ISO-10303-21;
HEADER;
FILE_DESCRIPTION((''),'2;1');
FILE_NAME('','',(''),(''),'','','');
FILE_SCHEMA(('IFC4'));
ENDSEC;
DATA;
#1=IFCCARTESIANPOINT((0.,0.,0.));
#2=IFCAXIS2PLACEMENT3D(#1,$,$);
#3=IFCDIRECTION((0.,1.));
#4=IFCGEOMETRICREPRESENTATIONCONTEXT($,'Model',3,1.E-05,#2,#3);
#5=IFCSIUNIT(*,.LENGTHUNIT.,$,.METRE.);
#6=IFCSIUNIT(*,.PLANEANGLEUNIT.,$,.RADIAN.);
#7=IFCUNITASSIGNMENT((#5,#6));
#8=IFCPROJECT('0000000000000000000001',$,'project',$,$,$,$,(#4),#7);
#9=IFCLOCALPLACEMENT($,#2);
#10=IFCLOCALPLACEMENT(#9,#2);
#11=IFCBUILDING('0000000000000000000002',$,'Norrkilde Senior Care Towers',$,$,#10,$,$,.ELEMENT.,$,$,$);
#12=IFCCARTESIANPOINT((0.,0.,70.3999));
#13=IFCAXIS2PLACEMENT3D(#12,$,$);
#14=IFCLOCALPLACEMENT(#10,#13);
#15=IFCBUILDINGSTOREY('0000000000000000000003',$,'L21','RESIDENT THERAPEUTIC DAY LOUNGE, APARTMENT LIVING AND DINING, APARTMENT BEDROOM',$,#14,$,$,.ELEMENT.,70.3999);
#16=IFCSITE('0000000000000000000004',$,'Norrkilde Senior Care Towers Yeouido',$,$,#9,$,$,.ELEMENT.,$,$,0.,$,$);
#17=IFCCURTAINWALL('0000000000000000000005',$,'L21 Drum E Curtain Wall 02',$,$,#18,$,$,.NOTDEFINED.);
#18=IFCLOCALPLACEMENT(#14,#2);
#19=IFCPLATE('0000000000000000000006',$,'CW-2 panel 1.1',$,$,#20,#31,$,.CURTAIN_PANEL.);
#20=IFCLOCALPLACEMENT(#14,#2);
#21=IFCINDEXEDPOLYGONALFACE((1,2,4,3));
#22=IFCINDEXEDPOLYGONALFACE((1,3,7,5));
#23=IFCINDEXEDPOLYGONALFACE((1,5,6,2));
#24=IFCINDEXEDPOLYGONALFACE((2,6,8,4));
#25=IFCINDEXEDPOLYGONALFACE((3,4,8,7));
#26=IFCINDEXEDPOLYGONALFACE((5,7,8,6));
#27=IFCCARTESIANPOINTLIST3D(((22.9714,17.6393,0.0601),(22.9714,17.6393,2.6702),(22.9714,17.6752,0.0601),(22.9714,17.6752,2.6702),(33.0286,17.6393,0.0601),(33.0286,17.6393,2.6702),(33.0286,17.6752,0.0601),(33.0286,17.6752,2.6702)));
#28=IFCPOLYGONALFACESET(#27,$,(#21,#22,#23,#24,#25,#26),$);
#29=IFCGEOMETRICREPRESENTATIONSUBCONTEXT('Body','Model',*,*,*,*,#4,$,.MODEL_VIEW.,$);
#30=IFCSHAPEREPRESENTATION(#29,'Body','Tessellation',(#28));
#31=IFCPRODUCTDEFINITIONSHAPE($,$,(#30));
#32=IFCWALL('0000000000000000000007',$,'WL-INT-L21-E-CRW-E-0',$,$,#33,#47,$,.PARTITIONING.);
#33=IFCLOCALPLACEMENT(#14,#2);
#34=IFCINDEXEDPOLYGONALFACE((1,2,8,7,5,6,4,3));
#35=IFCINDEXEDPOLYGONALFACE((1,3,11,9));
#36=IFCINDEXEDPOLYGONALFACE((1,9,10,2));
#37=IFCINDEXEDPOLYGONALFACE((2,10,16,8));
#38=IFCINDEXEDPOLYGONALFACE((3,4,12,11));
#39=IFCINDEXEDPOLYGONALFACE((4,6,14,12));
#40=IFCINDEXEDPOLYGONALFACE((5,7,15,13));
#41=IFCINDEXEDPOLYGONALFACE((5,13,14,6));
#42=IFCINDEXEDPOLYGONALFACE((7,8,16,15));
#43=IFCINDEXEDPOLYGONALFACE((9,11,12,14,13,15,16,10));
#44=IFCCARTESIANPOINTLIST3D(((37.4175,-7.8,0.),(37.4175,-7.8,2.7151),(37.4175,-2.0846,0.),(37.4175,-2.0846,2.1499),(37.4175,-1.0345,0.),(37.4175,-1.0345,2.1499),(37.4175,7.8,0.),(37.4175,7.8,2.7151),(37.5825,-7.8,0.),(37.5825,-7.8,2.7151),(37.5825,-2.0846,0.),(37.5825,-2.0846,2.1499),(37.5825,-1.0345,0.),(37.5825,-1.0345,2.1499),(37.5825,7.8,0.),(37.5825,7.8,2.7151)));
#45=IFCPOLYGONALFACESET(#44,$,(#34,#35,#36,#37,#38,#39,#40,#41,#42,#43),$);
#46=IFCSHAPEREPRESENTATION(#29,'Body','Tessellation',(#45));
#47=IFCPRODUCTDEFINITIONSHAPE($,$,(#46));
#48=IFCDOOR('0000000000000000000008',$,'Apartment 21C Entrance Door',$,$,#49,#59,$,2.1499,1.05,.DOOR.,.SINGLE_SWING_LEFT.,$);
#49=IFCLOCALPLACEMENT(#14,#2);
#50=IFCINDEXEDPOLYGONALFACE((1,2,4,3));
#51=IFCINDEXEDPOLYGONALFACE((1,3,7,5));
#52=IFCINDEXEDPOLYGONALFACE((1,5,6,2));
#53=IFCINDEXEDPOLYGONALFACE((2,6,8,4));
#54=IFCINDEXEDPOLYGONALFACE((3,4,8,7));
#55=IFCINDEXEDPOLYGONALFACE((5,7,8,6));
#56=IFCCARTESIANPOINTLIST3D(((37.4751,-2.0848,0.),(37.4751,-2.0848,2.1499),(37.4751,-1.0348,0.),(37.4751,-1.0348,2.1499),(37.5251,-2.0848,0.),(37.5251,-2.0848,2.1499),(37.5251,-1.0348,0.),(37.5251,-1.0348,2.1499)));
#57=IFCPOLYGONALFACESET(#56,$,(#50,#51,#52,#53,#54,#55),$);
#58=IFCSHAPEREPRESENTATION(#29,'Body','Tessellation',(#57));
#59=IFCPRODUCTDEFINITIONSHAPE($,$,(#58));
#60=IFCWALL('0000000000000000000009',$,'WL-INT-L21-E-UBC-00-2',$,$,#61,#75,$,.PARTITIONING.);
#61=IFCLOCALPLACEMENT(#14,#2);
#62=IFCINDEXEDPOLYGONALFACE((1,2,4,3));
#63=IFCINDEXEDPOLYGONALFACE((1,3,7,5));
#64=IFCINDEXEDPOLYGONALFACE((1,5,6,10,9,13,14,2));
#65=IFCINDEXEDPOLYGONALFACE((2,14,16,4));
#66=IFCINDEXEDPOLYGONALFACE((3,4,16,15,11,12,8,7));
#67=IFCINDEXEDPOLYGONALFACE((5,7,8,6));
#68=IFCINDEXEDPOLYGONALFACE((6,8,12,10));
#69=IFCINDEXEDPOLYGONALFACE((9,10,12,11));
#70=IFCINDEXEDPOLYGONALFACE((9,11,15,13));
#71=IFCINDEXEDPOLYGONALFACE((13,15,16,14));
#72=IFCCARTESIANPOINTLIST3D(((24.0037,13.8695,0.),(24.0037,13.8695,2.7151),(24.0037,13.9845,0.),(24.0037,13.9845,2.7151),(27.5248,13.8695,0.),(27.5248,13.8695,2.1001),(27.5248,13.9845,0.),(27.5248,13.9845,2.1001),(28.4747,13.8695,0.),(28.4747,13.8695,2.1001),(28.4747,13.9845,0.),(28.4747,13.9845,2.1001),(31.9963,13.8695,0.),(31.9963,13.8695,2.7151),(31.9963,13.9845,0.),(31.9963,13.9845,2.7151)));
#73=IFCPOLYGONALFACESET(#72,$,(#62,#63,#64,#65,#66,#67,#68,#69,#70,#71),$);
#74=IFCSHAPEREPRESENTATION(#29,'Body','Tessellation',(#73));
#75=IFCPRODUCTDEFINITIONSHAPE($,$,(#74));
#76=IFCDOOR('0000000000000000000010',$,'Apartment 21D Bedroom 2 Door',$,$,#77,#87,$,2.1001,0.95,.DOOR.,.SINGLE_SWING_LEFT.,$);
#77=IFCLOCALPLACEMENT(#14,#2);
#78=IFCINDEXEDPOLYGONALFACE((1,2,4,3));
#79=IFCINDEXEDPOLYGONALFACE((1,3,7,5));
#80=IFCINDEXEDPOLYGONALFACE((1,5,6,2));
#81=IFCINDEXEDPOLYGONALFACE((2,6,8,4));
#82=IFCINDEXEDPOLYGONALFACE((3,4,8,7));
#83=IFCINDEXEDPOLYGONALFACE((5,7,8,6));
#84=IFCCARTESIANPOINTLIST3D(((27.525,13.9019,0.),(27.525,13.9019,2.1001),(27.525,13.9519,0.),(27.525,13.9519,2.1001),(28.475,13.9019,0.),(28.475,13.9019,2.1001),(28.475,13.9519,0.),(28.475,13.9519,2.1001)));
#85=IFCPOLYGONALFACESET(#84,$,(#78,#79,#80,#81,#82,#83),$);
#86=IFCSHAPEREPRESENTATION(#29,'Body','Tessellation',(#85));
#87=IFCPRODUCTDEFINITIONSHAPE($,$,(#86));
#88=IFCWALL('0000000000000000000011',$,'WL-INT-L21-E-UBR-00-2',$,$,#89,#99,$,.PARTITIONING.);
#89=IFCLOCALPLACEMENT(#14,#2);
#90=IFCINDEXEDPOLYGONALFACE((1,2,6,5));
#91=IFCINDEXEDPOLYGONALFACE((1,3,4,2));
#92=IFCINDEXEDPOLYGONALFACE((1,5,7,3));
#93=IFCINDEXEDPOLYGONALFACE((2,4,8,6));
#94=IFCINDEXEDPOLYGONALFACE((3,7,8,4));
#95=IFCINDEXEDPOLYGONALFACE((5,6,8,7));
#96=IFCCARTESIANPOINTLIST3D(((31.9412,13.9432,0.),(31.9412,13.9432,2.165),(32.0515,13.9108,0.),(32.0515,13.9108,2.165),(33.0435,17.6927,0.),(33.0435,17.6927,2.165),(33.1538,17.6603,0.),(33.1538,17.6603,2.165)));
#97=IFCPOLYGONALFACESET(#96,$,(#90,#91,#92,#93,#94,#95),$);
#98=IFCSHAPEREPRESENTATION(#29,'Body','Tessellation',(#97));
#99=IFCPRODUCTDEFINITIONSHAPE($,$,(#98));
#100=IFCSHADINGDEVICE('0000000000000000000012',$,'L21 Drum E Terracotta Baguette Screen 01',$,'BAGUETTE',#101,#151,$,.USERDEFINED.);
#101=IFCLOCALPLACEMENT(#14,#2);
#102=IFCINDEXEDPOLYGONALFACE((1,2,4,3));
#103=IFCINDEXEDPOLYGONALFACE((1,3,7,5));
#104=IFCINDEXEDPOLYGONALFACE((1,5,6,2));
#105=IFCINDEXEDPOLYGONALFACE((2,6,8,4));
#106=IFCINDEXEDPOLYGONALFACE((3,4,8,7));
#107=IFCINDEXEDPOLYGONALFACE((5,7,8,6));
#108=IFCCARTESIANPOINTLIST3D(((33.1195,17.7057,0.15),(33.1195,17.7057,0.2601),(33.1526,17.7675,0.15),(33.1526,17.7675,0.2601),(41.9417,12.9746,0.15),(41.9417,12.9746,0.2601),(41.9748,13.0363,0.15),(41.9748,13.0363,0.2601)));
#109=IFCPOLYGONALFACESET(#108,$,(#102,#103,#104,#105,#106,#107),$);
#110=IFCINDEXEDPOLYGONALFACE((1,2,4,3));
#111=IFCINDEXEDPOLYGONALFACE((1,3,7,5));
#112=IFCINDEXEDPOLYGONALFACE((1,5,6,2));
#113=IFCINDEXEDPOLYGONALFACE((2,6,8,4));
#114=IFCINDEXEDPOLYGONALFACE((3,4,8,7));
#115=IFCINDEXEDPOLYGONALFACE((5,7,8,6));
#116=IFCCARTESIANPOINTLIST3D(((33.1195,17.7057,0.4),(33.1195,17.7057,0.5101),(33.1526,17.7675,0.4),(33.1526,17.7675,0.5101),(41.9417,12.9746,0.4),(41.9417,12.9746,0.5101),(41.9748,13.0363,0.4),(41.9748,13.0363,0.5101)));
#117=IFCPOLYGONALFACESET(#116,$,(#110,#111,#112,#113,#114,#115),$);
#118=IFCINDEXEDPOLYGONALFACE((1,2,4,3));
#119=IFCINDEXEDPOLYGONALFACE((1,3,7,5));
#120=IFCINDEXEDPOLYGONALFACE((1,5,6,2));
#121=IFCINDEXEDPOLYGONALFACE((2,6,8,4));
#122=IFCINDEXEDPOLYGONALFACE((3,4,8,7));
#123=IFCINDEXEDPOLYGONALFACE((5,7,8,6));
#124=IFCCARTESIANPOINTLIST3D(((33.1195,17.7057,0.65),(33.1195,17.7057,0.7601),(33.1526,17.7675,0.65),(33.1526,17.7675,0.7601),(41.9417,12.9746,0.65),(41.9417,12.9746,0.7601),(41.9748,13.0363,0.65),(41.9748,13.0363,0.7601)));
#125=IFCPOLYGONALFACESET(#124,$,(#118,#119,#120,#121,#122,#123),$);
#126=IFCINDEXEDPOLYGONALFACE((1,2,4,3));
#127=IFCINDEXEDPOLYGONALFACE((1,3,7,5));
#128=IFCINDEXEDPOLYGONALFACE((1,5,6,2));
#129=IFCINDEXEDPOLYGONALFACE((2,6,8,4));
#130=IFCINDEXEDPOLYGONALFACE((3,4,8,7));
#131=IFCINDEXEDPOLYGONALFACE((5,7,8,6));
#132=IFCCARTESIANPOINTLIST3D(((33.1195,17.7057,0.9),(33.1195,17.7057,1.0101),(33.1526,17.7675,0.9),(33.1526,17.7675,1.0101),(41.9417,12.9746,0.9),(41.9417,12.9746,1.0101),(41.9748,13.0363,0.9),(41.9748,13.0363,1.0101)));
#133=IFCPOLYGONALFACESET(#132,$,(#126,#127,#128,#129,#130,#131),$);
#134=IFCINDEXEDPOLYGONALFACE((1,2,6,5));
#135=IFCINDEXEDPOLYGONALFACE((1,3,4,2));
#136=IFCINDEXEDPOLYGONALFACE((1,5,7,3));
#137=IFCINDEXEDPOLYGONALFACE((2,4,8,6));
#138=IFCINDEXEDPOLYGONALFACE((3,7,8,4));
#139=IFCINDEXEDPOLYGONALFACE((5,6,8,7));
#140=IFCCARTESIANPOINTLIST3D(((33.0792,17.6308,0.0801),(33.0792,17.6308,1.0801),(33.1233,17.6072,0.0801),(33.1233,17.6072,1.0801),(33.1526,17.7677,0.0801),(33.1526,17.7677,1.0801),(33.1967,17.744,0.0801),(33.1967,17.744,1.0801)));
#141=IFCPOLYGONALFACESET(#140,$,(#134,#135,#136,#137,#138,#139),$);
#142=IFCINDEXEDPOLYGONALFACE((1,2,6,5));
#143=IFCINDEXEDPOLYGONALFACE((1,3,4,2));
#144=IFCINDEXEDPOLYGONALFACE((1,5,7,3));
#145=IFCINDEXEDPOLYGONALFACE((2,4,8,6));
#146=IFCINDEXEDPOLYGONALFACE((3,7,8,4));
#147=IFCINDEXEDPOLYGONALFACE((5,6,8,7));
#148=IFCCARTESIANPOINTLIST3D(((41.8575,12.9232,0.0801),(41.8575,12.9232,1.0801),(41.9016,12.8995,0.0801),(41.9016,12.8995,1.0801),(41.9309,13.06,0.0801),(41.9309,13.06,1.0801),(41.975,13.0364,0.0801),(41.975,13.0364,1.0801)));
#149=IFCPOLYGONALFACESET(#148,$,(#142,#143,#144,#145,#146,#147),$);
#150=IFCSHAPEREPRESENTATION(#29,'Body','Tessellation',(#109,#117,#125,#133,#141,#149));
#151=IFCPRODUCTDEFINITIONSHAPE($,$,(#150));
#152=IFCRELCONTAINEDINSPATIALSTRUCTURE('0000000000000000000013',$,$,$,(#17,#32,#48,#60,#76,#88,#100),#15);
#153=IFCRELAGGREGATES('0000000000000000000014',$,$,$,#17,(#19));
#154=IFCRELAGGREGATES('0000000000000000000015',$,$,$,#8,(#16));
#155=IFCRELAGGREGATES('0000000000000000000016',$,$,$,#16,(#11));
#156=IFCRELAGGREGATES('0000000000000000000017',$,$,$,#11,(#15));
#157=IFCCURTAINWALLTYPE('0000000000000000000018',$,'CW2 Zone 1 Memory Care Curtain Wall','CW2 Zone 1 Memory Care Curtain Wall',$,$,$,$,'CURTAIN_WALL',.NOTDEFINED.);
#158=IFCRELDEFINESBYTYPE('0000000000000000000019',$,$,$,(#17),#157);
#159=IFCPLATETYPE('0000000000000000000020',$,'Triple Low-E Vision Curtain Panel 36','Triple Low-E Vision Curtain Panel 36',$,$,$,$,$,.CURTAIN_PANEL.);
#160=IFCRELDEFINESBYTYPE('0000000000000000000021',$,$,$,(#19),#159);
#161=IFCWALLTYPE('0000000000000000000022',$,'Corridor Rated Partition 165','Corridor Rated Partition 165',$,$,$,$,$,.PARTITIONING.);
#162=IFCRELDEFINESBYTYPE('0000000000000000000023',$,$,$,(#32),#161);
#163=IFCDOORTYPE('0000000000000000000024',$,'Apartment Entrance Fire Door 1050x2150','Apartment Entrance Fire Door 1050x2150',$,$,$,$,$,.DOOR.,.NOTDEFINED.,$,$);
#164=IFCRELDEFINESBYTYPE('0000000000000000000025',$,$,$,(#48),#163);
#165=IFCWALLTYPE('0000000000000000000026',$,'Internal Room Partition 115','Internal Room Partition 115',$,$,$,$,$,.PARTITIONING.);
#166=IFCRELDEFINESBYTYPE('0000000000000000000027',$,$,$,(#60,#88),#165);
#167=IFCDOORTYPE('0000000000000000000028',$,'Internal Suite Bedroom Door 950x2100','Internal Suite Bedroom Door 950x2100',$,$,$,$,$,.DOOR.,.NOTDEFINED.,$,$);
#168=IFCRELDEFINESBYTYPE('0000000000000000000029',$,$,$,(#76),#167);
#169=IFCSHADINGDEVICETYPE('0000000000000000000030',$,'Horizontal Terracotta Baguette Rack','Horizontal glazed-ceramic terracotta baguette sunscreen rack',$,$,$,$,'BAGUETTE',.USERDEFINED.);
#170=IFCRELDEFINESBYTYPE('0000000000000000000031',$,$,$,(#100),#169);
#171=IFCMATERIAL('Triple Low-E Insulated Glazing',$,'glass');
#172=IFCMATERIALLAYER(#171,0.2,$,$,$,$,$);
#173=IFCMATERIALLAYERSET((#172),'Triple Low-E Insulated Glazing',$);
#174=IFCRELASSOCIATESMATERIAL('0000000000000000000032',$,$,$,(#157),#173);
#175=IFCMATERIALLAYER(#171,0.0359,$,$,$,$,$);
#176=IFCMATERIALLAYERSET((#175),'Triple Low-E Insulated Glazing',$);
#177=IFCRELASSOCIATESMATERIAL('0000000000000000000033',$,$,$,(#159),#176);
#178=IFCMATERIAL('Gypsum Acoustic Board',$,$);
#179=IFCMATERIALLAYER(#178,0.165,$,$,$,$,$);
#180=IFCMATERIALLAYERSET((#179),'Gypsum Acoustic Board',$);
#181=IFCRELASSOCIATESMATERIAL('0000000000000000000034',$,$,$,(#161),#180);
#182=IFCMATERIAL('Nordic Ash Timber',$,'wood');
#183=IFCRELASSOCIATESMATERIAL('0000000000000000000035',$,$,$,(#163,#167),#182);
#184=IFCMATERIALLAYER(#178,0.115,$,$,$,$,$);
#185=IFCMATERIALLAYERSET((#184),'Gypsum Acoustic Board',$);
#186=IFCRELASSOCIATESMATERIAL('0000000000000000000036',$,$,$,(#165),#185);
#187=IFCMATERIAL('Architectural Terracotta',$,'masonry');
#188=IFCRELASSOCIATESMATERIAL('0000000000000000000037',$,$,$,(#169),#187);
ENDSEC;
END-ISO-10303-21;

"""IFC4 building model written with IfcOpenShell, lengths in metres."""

from ifc_helpers import new_model, si_unit, direction, frame, frame_2d, origin, origin_2d, place, context, subcontext, project, spatial, rectangle, extrude, source, transform, mapped, material, layer, layer_set, type_object, type_shapes, element, fill, aggregate, save


model = new_model("IFC4")

# Units and contexts
model_context = context("Model", 3, precision=1e-05, world=origin(), true_north=direction((0.0, 1.0)))
body_context = subcontext(model_context, "Body", "Model", "MODEL_VIEW")
ifc_project = project(units=[si_unit("LENGTHUNIT", "METRE"), si_unit("PLANEANGLEUNIT", "RADIAN")], contexts=[model_context])

# Site, building, storey
site_placement = place(None, origin())
site = spatial("IfcSite", under=ifc_project, at=site_placement, Name="Norrkilde Senior Care Towers Yeouido", CompositionType="ELEMENT", RefElevation=0.0)
building_placement = place(site_placement, origin())
building = spatial("IfcBuilding", under=site, at=building_placement, Name="Norrkilde Senior Care Towers", CompositionType="ELEMENT")
storey_placement = place(building_placement, frame((0.0, 0.0, 70.3999)))
storey = spatial("IfcBuildingStorey", under=building, at=storey_placement, Name="L21", Description="RESIDENT THERAPEUTIC DAY LOUNGE, APARTMENT LIVING AND DINING, APARTMENT BEDROOM", CompositionType="ELEMENT", Elevation=70.3999)

# Shared definitions
ifc_material_1 = material(Name="Triple Low-E Insulated Glazing", Category="glass")
ifc_layer_1 = layer(ifc_material_1, 0.2)
ifc_layer_set_1 = layer_set([ifc_layer_1], Name="Triple Low-E Insulated Glazing")
curtain_wall_type = type_object("IfcCurtainWallType", Name="CW2 Zone 1 Memory Care Curtain Wall", Description="CW2 Zone 1 Memory Care Curtain Wall", ElementType="CURTAIN_WALL", PredefinedType="NOTDEFINED", material=ifc_layer_set_1)

# Curtain wall, plate
curtain_wall_1_placement = place(storey_placement, origin())
curtain_wall_1 = element("IfcCurtainWall", 1, at=curtain_wall_1_placement, inside=storey, type_object=curtain_wall_type, Name="L21 Drum E Curtain Wall 02", PredefinedType="NOTDEFINED")
ifc_layer_2 = layer(ifc_material_1, 0.0359)
ifc_layer_set_2 = layer_set([ifc_layer_2], Name="Triple Low-E Insulated Glazing")
plate_type = type_object("IfcPlateType", Name="Triple Low-E Vision Curtain Panel 36", Description="Triple Low-E Vision Curtain Panel 36", PredefinedType="CURTAIN_PANEL", material=ifc_layer_set_2)
shared_shape_1 = source(origin(), body_context, "Body", "SweptSolid", [
    extrude(rectangle(XDim=10.0571, YDim=0.0359, at=origin_2d()), origin(), (0.0, 0.0, 1.0), 2.6101),
])
type_shapes(plate_type, [shared_shape_1])
plate_placement = place(storey_placement, frame((28.0, 17.6572, 0.0601), z_axis=(0.0, 0.0, 1.0), x_axis=(1.0, 0.0, 0.0)))
plate = element("IfcPlate", 2, at=plate_placement, type_object=plate_type, Name="CW-2 panel 1.1", PredefinedType="CURTAIN_PANEL", context=body_context, shape_type="MappedRepresentation", body=[
    mapped(shared_shape_1, transform((0.0, 0.0, 0.0), x_axis=(1.0, 0.0, 0.0), y_axis=(0.0, 1.0, 0.0), z_axis=(0.0, 0.0, 1.0), scale=1.0)),
])
aggregate(curtain_wall_1, [plate])

# Walls, openings, doors
ifc_material_2 = material(Name="Gypsum Acoustic Board")
ifc_layer_3 = layer(ifc_material_2, 0.165)
ifc_layer_set_3 = layer_set([ifc_layer_3], Name="Gypsum Acoustic Board")
wall_type_1 = type_object("IfcWallType", Name="Corridor Rated Partition 165", Description="Corridor Rated Partition 165", PredefinedType="PARTITIONING", material=ifc_layer_set_3)
shared_shape_2 = source(origin(), body_context, "Body", "SweptSolid", [
    extrude(rectangle(XDim=15.6001, YDim=0.165, at=frame_2d((7.8, 0.0))), origin(), (0.0, 0.0, 1.0), 2.7151),
])
type_shapes(wall_type_1, [shared_shape_2])
wall_1_placement = place(storey_placement, frame((37.5, 7.8, 0.0), z_axis=(0.0, 0.0, 1.0), x_axis=(0.0, -1.0, 0.0)))
wall_1 = element("IfcWall", 3, at=wall_1_placement, inside=storey, type_object=wall_type_1, Name="WL-INT-L21-E-CRW-E-0", PredefinedType="PARTITIONING", context=body_context, shape_type="MappedRepresentation", body=[
    mapped(shared_shape_2, transform((0.0, 0.0, 0.0), x_axis=(1.0, 0.0, 0.0), y_axis=(0.0, 1.0, 0.0), z_axis=(0.0, 0.0, 1.0), scale=1.0)),
])
opening_1_placement = place(wall_1_placement, frame((8.8347, 0.0, 0.0)))
opening_1 = element("IfcOpeningElement", 4, at=opening_1_placement, cuts=wall_1, PredefinedType="OPENING", context=body_context, shape_type="SweptSolid", body=[
    extrude(rectangle(XDim=1.05, YDim=2.1499, at=frame_2d((0.5249, 1.075))), frame((0.0, 0.0925, 0.0), z_axis=(0.0, -1.0, 0.0), x_axis=(1.0, 0.0, 0.0)), (0.0, 0.0, 1.0), 0.1851),
])
ifc_material_3 = material(Name="Nordic Ash Timber", Category="wood")
door_type_1 = type_object("IfcDoorType", Name="Apartment Entrance Fire Door 1050x2150", Description="Apartment Entrance Fire Door 1050x2150", OperationType="NOTDEFINED", PredefinedType="DOOR", material=ifc_material_3)
shared_shape_3 = source(origin(), body_context, "Body", "SweptSolid", [
    extrude(rectangle(XDim=1.05, YDim=2.1499, at=frame_2d((0.5249, 1.075))), frame((0.0, 0.0249, 0.0), z_axis=(0.0, -1.0, 0.0), x_axis=(1.0, 0.0, 0.0)), (0.0, 0.0, 1.0), 0.05),
])
type_shapes(door_type_1, [shared_shape_3])
door_1_placement = place(opening_1_placement, frame((1.05, 0.0, 0.0), z_axis=(0.0, 0.0, 1.0), x_axis=(-1.0, 0.0, 0.0)))
door_1 = element("IfcDoor", 5, at=door_1_placement, inside=storey, type_object=door_type_1, Name="Apartment 21C Entrance Door", OperationType="SINGLE_SWING_LEFT", OverallHeight=2.1499, OverallWidth=1.05, PredefinedType="DOOR", context=body_context, shape_type="MappedRepresentation", body=[
    mapped(shared_shape_3, transform((0.0, 0.0, 0.0), x_axis=(1.0, 0.0, 0.0), y_axis=(0.0, 1.0, 0.0), z_axis=(0.0, 0.0, 1.0), scale=1.0)),
])
fill(opening_1, door_1)
ifc_layer_4 = layer(ifc_material_2, 0.115)
ifc_layer_set_4 = layer_set([ifc_layer_4], Name="Gypsum Acoustic Board")
wall_type_2 = type_object("IfcWallType", Name="Internal Room Partition 115", Description="Internal Room Partition 115", PredefinedType="PARTITIONING", material=ifc_layer_set_4)
shared_shape_4 = source(origin(), body_context, "Body", "SweptSolid", [
    extrude(rectangle(XDim=7.9927, YDim=0.115, at=frame_2d((3.9963, 0.0))), origin(), (0.0, 0.0, 1.0), 2.7151),
])
wall_2_placement = place(storey_placement, frame((31.9963, 13.927, 0.0), z_axis=(0.0, 0.0, 1.0), x_axis=(-1.0, 0.0, 0.0)))
wall_2 = element("IfcWall", 6, at=wall_2_placement, inside=storey, type_object=wall_type_2, Name="WL-INT-L21-E-UBC-00-2", PredefinedType="PARTITIONING", context=body_context, shape_type="MappedRepresentation", body=[
    mapped(shared_shape_4, transform((0.0, 0.0, 0.0), x_axis=(1.0, 0.0, 0.0), y_axis=(0.0, 1.0, 0.0), z_axis=(0.0, 0.0, 1.0), scale=1.0)),
])
opening_2_placement = place(wall_2_placement, frame((3.5215, 0.0, 0.0)))
opening_2 = element("IfcOpeningElement", 7, at=opening_2_placement, cuts=wall_2, PredefinedType="OPENING", context=body_context, shape_type="SweptSolid", body=[
    extrude(rectangle(XDim=0.95, YDim=2.1001, at=frame_2d((0.4751, 1.05))), frame((0.0, 0.0674, 0.0), z_axis=(0.0, -1.0, 0.0), x_axis=(1.0, 0.0, 0.0)), (0.0, 0.0, 1.0), 0.135),
])
door_type_2 = type_object("IfcDoorType", Name="Internal Suite Bedroom Door 950x2100", Description="Internal Suite Bedroom Door 950x2100", OperationType="NOTDEFINED", PredefinedType="DOOR", material=ifc_material_3)
shared_shape_5 = source(origin(), body_context, "Body", "SweptSolid", [
    extrude(rectangle(XDim=0.95, YDim=2.1001, at=frame_2d((0.4751, 1.05))), frame((0.0, 0.0249, 0.0), z_axis=(0.0, -1.0, 0.0), x_axis=(1.0, 0.0, 0.0)), (0.0, 0.0, 1.0), 0.05),
])
type_shapes(door_type_2, [shared_shape_5])
door_2_placement = place(opening_2_placement, frame((0.95, 0.0, 0.0), z_axis=(0.0, 0.0, 1.0), x_axis=(-1.0, 0.0, 0.0)))
door_2 = element("IfcDoor", 8, at=door_2_placement, inside=storey, type_object=door_type_2, Name="Apartment 21D Bedroom 2 Door", OperationType="SINGLE_SWING_LEFT", OverallHeight=2.1001, OverallWidth=0.95, PredefinedType="DOOR", context=body_context, shape_type="MappedRepresentation", body=[
    mapped(shared_shape_5, transform((0.0, 0.0, 0.0), x_axis=(1.0, 0.0, 0.0), y_axis=(0.0, 1.0, 0.0), z_axis=(0.0, 0.0, 1.0), scale=1.0)),
])
fill(opening_2, door_2)

# Wall
shared_shape_6 = source(origin(), body_context, "Body", "SweptSolid", [
    extrude(rectangle(XDim=3.9082, YDim=0.115, at=frame_2d((1.9541, 0.0))), origin(), (0.0, 0.0, 1.0), 2.165),
])
type_shapes(wall_type_2, [shared_shape_4, shared_shape_6])
wall_3_placement = place(storey_placement, frame((31.9963, 13.927, 0.0), z_axis=(0.0, 0.0, 1.0), x_axis=(0.282048, 0.9594, 0.0)))
element("IfcWall", 9, at=wall_3_placement, inside=storey, type_object=wall_type_2, Name="WL-INT-L21-E-UBR-00-2", PredefinedType="PARTITIONING", context=body_context, shape_type="MappedRepresentation", body=[
    mapped(shared_shape_6, transform((0.0, 0.0, 0.0), x_axis=(1.0, 0.0, 0.0), y_axis=(0.0, 1.0, 0.0), z_axis=(0.0, 0.0, 1.0), scale=1.0)),
])

# Shading device
ifc_material_4 = material(Name="Architectural Terracotta", Category="masonry")
shading_device_type = type_object("IfcShadingDeviceType", Name="Horizontal Terracotta Baguette Rack", Description="Horizontal glazed-ceramic terracotta baguette sunscreen rack", ElementType="BAGUETTE", PredefinedType="USERDEFINED", material=ifc_material_4)
shared_shape_7 = source(origin(), body_context, "Body", "SweptSolid", [
    extrude(rectangle(XDim=0.0701, YDim=0.1101, at=origin_2d()), frame((0.0, 0.0901, 0.125), z_axis=(1.0, 0.0, 0.0), x_axis=(0.0, 1.0, 0.0)), (0.0, 0.0, 1.0), 10.0107),
    extrude(rectangle(XDim=0.0701, YDim=0.1101, at=origin_2d()), frame((0.0, 0.0901, 0.375), z_axis=(1.0, 0.0, 0.0), x_axis=(0.0, 1.0, 0.0)), (0.0, 0.0, 1.0), 10.0107),
    extrude(rectangle(XDim=0.0701, YDim=0.1101, at=origin_2d()), frame((0.0, 0.0901, 0.625), z_axis=(1.0, 0.0, 0.0), x_axis=(0.0, 1.0, 0.0)), (0.0, 0.0, 1.0), 10.0107),
    extrude(rectangle(XDim=0.0701, YDim=0.1101, at=origin_2d()), frame((0.0, 0.0901, 0.875), z_axis=(1.0, 0.0, 0.0), x_axis=(0.0, 1.0, 0.0)), (0.0, 0.0, 1.0), 10.0107),
    extrude(rectangle(XDim=0.05, YDim=0.1553, at=origin_2d()), frame((0.0249, 0.0476, 0.0)), (0.0, 0.0, 1.0), 1.0),
    extrude(rectangle(XDim=0.05, YDim=0.1553, at=origin_2d()), frame((9.9858, 0.0476, 0.0)), (0.0, 0.0, 1.0), 1.0),
])
type_shapes(shading_device_type, [shared_shape_7])
shading_device_placement = place(storey_placement, frame((33.0935, 17.6572, 0.0801), z_axis=(0.0, 0.0, 1.0), x_axis=(0.88128, -0.472612, 0.0)))
element("IfcShadingDevice", 10, at=shading_device_placement, inside=storey, type_object=shading_device_type, Name="L21 Drum E Terracotta Baguette Screen 01", ObjectType="BAGUETTE", PredefinedType="USERDEFINED", context=body_context, shape_type="MappedRepresentation", body=[
    mapped(shared_shape_7, transform((0.0, 0.0, 0.0), x_axis=(1.0, 0.0, 0.0), y_axis=(0.0, 1.0, 0.0), z_axis=(0.0, 0.0, 1.0), scale=1.0)),
])

save(model, "model.ifc")
